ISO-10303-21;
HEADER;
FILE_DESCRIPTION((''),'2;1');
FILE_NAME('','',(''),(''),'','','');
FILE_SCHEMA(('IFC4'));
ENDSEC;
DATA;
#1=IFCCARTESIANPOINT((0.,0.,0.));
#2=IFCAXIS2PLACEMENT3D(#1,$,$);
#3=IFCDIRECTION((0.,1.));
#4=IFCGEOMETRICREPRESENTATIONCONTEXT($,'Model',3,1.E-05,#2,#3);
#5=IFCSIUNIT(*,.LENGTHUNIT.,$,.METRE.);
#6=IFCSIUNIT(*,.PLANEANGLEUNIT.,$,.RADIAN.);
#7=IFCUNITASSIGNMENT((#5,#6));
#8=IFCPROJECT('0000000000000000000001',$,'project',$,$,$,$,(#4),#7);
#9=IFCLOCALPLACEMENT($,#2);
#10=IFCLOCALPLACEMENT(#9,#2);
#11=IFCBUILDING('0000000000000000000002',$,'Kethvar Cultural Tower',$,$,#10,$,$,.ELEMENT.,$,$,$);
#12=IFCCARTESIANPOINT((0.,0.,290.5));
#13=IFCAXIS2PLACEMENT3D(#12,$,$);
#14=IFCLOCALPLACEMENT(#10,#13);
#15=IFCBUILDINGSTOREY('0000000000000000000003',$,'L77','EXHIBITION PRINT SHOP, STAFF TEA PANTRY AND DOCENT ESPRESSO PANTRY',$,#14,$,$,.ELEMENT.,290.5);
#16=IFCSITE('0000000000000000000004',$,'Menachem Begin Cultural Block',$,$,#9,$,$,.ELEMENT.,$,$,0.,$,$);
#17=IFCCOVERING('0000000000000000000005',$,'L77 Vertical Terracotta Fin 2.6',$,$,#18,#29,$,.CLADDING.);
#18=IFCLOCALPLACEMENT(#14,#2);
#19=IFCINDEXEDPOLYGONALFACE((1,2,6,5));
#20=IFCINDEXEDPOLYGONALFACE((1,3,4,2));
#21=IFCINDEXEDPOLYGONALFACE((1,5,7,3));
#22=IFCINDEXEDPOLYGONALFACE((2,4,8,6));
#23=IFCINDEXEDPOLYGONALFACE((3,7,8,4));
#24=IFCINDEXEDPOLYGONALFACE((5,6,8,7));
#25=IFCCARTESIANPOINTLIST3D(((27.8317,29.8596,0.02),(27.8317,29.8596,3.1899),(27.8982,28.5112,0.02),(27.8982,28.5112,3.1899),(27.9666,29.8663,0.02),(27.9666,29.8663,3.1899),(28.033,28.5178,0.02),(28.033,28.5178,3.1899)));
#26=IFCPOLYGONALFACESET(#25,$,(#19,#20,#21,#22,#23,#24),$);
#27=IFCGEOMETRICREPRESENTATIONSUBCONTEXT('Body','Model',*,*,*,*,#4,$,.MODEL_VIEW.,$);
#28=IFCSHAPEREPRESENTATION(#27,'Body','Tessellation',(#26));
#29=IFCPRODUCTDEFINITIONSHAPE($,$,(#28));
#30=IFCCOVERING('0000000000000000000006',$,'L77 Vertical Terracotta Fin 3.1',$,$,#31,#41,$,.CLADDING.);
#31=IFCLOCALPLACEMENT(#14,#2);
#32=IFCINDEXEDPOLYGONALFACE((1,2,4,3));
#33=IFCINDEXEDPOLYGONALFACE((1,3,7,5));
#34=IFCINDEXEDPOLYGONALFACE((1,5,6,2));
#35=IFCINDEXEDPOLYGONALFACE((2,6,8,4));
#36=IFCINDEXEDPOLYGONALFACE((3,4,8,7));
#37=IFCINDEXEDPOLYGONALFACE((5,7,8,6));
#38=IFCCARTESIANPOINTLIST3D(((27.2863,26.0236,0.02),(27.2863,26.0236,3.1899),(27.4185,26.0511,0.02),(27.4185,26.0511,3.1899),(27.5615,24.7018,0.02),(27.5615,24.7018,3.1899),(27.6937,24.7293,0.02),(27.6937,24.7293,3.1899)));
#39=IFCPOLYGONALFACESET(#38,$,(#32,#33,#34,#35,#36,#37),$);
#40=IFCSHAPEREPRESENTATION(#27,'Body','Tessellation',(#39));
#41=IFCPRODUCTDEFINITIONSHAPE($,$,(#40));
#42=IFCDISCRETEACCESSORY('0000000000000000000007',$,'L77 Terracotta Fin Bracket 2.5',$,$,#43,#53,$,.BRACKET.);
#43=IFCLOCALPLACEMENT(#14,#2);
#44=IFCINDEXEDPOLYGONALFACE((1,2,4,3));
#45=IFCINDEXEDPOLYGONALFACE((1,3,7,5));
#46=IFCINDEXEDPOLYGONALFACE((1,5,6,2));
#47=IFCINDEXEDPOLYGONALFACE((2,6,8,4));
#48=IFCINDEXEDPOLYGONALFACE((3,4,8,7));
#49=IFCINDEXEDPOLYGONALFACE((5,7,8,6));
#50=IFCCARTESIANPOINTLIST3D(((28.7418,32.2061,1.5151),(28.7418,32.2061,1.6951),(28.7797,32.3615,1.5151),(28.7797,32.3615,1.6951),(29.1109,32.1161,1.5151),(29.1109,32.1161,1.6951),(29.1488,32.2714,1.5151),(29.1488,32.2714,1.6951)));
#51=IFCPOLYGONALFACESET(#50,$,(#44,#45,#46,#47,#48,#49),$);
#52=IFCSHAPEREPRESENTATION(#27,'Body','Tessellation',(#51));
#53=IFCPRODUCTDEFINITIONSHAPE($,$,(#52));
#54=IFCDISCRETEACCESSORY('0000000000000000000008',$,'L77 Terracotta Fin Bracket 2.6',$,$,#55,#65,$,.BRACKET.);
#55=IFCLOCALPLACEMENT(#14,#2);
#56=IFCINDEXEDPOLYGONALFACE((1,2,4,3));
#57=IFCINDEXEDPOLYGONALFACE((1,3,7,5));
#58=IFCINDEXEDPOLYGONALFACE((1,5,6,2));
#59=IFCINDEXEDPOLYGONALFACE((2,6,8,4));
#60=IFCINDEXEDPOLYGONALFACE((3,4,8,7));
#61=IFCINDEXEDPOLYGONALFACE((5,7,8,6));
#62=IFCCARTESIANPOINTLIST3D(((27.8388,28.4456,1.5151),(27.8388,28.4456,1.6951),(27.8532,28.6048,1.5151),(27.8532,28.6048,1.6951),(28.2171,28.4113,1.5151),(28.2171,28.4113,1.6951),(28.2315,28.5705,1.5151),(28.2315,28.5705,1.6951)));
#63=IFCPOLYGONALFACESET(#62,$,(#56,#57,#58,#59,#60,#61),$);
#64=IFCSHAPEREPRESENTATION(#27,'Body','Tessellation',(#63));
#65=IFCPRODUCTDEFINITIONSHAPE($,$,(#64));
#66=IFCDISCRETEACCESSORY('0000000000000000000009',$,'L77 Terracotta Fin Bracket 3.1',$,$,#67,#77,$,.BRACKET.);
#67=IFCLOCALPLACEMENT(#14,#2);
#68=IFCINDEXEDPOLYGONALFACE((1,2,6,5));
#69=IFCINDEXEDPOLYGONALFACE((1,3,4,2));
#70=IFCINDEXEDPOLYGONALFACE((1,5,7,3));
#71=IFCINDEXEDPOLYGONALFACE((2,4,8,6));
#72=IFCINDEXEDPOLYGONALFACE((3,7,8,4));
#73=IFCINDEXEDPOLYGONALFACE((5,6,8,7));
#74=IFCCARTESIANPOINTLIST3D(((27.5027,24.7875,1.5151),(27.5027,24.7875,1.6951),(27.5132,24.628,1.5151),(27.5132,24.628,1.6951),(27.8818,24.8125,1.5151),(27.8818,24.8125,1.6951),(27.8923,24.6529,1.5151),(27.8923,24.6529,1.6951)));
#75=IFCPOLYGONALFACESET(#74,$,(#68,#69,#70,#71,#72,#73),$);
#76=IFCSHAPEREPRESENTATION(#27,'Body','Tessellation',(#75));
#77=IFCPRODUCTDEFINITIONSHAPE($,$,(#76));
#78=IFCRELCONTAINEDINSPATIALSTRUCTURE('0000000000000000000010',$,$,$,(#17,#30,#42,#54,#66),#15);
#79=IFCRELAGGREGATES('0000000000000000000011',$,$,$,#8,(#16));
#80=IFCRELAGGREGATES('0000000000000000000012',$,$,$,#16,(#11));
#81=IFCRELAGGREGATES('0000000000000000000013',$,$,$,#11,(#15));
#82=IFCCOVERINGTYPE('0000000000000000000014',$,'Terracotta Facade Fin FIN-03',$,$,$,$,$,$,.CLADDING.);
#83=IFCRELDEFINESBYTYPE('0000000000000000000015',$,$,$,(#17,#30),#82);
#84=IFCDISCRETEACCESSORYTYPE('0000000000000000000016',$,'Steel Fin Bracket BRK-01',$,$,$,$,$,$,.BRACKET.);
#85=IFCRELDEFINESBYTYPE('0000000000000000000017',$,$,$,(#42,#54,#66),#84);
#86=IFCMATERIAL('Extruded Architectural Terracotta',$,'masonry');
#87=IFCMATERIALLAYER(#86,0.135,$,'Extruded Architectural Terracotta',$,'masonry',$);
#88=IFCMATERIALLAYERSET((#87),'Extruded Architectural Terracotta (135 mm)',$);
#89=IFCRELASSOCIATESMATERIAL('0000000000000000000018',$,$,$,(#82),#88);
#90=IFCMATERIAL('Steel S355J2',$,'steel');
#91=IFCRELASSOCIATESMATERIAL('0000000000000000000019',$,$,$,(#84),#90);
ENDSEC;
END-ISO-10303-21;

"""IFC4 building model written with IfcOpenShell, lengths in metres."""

from ifc_helpers import new_model, si_unit, direction, frame, origin, origin_2d, place, context, subcontext, project, spatial, rectangle, extrude, source, transform, mapped, material, layer, layer_set, type_object, element, save


model = new_model("IFC4")

# Units and contexts
model_context = context("Model", 3, precision=1e-05, world=origin(), true_north=direction((0.0, 1.0)))
body_context = subcontext(model_context, "Body", "Model", "MODEL_VIEW")
ifc_project = project(units=[si_unit("LENGTHUNIT", "METRE"), si_unit("PLANEANGLEUNIT", "RADIAN")], contexts=[model_context])

# Site, building, storey
site_placement = place(None, origin())
site = spatial("IfcSite", under=ifc_project, at=site_placement, Name="Menachem Begin Cultural Block", CompositionType="ELEMENT", RefElevation=0.0)
building_placement = place(site_placement, origin())
building = spatial("IfcBuilding", under=site, at=building_placement, Name="Kethvar Cultural Tower", CompositionType="ELEMENT")
storey_placement = place(building_placement, frame((0.0, 0.0, 290.5)))
storey = spatial("IfcBuildingStorey", under=building, at=storey_placement, Name="L77", Description="EXHIBITION PRINT SHOP, STAFF TEA PANTRY AND DOCENT ESPRESSO PANTRY", CompositionType="ELEMENT", Elevation=290.5)

# Shared definitions
ifc_material_1 = material(Name="Steel S355J2", Category="steel")

# Coverings
ifc_material_2 = material(Name="Extruded Architectural Terracotta", Category="masonry")
ifc_layer_1 = layer(ifc_material_2, 0.135, Name="Extruded Architectural Terracotta", Category="masonry")
ifc_layer_set_1 = layer_set([ifc_layer_1], Name="Extruded Architectural Terracotta (135 mm)")
covering_type = type_object("IfcCoveringType", Name="Terracotta Facade Fin FIN-03", PredefinedType="CLADDING", material=ifc_layer_set_1)
shared_shape_1 = source(origin(), body_context, "Body", "SweptSolid", [
    extrude(rectangle(XDim=1.3501, YDim=0.135, at=origin_2d()), origin(), (0.0, 0.0, 1.0), 3.1699),
])
for number, where, z_axis, x_axis, name in (
    (1, (27.9324, 29.1887, 0.02), (0.0, 0.0, 1.0), (-0.049198, 0.998789, 0.0), "L77 Vertical Terracotta Fin 2.6"),
    (2, (27.49, 25.3765, 0.02), (0.0, 0.0, 1.0), (-0.203813, 0.97901, 0.0), "L77 Vertical Terracotta Fin 3.1"),
):
    element("IfcCovering", number, at=place(storey_placement, frame(where, z_axis=z_axis, x_axis=x_axis)), inside=storey, type_object=covering_type, Name=name, PredefinedType="CLADDING", context=body_context, shape_type="MappedRepresentation", body=[
        mapped(shared_shape_1, transform((0.0, 0.0, 0.0), scale=1.0)),
    ])

# Discrete accessories
discrete_accessory_type = type_object("IfcDiscreteAccessoryType", Name="Steel Fin Bracket BRK-01", PredefinedType="BRACKET", material=ifc_material_1)
shared_shape_2 = source(origin(), body_context, "Body", "SweptSolid", [
    extrude(rectangle(XDim=0.3799, YDim=0.1599, at=origin_2d()), origin(), (0.0, 0.0, 1.0), 0.1799),
])
for number, where, z_axis, x_axis, name in (
    (3, (28.9453, 32.2388, 1.5151), (0.0, 0.0, 1.0), (-0.971508, 0.237008, 0.0), "L77 Terracotta Fin Bracket 2.5"),
    (4, (28.0352, 28.5081, 1.5151), (0.0, 0.0, 1.0), (-0.995916, 0.090285, 0.0), "L77 Terracotta Fin Bracket 2.6"),
    (5, (27.6975, 24.7202, 1.5151), (0.0, 0.0, 1.0), (-0.997847, -0.065577, 0.0), "L77 Terracotta Fin Bracket 3.1"),
):
    element("IfcDiscreteAccessory", number, at=place(storey_placement, frame(where, z_axis=z_axis, x_axis=x_axis)), inside=storey, type_object=discrete_accessory_type, Name=name, PredefinedType="BRACKET", context=body_context, shape_type="MappedRepresentation", body=[
        mapped(shared_shape_2, transform((0.0, 0.0, 0.0), scale=1.0)),
    ])

save(model, "model.ifc")
